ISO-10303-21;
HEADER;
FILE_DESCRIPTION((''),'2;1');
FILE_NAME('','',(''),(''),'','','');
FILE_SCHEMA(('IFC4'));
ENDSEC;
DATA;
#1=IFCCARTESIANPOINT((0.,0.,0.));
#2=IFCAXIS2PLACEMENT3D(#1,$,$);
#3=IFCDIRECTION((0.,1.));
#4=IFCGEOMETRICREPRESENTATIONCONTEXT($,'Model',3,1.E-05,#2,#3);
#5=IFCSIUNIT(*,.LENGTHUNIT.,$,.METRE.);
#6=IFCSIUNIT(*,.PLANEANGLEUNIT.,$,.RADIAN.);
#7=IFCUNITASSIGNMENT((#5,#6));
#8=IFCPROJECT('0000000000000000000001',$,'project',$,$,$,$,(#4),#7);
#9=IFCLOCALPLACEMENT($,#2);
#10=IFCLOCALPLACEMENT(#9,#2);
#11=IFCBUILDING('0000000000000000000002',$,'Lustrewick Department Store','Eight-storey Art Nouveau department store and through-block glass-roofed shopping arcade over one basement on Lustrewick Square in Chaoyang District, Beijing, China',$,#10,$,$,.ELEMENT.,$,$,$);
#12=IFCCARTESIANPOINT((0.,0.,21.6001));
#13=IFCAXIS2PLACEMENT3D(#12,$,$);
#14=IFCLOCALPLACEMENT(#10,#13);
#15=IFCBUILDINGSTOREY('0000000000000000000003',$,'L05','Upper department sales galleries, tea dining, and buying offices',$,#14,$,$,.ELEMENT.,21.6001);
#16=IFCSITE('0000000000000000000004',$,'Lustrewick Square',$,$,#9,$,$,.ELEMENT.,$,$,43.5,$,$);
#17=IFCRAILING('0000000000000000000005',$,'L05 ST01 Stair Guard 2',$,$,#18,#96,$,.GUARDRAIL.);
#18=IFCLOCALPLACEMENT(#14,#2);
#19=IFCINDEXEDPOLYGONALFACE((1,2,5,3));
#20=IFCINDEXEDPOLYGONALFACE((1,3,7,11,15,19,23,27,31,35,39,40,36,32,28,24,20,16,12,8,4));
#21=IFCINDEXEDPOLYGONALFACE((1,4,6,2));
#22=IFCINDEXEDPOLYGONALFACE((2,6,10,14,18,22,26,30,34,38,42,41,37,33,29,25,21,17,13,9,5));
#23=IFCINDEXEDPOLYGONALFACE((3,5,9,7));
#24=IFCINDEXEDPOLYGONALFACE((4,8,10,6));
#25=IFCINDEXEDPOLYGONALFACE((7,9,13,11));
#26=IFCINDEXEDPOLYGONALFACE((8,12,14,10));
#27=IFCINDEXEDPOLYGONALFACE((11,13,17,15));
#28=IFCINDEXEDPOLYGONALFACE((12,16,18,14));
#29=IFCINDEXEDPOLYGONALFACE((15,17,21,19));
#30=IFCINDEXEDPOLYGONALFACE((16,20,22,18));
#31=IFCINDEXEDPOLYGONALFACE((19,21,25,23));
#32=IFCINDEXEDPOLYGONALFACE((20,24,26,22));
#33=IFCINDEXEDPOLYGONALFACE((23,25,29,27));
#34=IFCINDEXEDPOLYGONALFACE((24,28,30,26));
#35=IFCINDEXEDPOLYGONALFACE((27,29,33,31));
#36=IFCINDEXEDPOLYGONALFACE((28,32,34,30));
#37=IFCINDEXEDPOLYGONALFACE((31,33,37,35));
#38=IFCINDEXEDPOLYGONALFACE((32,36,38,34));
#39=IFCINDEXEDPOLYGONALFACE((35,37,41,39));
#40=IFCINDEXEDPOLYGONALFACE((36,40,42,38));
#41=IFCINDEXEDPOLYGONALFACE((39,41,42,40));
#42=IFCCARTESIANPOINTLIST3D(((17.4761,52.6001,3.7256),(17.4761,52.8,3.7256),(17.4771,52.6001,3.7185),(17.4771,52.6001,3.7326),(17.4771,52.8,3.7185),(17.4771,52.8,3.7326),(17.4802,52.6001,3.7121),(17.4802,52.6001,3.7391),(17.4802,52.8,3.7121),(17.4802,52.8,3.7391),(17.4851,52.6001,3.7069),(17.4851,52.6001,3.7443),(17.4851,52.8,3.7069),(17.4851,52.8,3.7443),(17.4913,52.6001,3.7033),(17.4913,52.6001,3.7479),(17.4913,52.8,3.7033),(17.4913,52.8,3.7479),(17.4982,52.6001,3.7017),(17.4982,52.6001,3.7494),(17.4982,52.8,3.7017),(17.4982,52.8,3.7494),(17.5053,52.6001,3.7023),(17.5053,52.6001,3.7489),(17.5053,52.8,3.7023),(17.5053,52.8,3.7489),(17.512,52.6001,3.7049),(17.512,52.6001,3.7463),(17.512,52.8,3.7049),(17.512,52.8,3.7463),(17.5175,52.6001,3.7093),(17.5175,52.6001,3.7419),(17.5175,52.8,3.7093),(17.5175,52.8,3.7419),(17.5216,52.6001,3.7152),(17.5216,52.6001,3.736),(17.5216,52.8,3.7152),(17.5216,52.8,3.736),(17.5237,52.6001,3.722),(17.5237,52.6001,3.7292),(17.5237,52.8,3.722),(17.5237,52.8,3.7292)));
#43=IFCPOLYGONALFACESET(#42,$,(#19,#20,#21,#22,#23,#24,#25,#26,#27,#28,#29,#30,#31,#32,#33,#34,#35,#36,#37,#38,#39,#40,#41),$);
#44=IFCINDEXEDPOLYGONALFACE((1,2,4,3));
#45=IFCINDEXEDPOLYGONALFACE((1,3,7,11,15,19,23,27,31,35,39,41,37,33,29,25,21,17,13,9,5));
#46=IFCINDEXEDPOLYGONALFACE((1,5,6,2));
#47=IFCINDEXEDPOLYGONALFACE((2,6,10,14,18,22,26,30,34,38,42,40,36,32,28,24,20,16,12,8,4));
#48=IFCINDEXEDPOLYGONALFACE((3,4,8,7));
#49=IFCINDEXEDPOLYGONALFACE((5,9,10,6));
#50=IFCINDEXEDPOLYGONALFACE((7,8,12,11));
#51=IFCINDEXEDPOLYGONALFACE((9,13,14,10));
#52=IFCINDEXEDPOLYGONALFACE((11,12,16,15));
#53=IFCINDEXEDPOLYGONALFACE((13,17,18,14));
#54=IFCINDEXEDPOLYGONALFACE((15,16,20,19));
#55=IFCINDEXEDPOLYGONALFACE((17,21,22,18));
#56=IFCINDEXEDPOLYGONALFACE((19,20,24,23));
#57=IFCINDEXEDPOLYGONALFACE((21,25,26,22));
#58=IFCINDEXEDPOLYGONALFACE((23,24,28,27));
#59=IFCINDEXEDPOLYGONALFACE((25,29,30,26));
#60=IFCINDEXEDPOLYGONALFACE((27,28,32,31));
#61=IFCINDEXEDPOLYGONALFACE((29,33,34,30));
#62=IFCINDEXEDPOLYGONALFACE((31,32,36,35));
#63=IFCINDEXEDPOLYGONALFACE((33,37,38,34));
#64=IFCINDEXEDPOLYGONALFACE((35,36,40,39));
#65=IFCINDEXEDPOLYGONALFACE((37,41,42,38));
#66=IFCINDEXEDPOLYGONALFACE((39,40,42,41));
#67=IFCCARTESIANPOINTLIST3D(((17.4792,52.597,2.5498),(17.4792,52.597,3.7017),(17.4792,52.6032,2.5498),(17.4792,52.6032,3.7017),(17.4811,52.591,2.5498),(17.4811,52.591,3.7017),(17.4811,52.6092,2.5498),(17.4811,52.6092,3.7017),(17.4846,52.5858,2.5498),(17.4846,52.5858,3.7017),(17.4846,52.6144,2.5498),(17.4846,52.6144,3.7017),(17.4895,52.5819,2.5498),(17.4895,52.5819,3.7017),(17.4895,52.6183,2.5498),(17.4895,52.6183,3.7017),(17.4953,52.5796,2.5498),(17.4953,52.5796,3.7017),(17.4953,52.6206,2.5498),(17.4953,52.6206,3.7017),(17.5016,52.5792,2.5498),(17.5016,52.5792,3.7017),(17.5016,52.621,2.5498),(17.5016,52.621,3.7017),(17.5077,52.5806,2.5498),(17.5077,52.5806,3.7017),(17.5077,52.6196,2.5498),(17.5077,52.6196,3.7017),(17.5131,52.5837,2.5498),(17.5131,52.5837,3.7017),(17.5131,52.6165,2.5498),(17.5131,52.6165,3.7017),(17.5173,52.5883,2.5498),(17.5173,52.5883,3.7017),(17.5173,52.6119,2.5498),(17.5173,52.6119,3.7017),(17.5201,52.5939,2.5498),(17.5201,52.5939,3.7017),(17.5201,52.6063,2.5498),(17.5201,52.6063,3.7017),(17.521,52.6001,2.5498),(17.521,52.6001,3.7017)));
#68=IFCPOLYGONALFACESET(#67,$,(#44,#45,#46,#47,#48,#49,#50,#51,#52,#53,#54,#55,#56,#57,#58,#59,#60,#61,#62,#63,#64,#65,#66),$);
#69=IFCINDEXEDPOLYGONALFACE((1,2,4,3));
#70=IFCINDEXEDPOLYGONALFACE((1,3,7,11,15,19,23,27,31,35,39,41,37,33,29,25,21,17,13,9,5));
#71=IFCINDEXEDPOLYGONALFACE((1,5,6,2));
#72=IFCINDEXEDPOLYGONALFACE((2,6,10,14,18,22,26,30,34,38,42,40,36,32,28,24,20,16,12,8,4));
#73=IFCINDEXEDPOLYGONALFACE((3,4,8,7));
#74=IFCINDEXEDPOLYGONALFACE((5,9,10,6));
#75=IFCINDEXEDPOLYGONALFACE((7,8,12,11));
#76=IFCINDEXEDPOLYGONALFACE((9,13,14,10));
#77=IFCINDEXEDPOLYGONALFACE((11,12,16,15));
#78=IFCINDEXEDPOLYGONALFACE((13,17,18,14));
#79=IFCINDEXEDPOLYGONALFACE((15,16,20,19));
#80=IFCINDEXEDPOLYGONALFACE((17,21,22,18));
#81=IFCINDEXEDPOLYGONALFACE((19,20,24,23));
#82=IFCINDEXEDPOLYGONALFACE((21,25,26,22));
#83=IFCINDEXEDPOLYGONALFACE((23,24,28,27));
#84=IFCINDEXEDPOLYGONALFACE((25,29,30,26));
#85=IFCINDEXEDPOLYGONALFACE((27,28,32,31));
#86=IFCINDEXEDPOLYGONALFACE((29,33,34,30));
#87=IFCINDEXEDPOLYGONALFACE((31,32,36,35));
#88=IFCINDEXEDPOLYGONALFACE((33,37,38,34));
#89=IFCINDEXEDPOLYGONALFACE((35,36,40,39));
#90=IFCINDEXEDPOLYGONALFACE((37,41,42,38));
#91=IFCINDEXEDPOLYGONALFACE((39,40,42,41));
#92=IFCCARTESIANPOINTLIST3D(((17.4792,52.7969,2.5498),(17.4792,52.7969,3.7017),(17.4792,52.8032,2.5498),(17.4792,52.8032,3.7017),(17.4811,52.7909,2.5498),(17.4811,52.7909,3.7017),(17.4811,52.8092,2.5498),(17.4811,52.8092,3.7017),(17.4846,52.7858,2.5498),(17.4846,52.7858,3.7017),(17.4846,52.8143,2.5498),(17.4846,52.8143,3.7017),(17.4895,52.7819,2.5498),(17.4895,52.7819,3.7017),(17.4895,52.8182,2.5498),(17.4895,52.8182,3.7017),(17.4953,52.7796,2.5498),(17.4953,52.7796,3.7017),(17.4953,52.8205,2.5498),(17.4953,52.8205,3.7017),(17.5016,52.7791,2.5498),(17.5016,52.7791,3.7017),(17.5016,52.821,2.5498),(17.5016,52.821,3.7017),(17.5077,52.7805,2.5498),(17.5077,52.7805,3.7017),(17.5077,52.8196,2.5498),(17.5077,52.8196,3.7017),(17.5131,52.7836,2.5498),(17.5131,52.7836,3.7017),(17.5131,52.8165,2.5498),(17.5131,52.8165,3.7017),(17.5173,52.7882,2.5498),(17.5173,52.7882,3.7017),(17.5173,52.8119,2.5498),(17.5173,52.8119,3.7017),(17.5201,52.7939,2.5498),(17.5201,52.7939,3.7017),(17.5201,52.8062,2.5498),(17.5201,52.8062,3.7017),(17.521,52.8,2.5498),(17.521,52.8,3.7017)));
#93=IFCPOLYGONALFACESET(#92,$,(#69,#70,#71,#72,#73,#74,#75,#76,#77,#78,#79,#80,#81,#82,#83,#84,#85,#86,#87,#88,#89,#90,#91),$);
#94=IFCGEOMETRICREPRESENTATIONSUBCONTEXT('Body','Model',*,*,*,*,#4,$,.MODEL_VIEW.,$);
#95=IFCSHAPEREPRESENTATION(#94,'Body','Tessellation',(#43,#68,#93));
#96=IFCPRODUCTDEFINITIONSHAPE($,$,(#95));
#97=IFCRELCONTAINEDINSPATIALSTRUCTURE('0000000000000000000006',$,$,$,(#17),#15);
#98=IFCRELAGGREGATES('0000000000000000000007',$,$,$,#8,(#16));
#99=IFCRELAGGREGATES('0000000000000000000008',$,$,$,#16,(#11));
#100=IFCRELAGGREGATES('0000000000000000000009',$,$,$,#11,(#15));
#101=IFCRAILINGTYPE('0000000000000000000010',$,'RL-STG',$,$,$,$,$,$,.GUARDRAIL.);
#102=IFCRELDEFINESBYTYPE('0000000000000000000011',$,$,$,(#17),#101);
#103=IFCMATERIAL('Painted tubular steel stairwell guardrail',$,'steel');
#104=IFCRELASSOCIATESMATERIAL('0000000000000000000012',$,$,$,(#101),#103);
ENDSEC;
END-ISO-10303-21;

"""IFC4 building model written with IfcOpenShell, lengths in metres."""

from ifc_helpers import new_model, si_unit, direction, frame, origin, origin_2d, place, context, subcontext, project, spatial, circle, extrude, material, type_object, element, save


model = new_model("IFC4")

# Units and contexts
model_context = context("Model", 3, precision=1e-05, world=origin(), true_north=direction((0.0, 1.0)))
body_context = subcontext(model_context, "Body", "Model", "MODEL_VIEW")
ifc_project = project(units=[si_unit("LENGTHUNIT", "METRE"), si_unit("PLANEANGLEUNIT", "RADIAN")], contexts=[model_context])

# Site, building, storey
site_placement = place(None, origin())
site = spatial("IfcSite", under=ifc_project, at=site_placement, Name="Lustrewick Square", CompositionType="ELEMENT", RefElevation=43.5)
building_placement = place(site_placement, origin())
building = spatial("IfcBuilding", under=site, at=building_placement, Name="Lustrewick Department Store", Description="Eight-storey Art Nouveau department store and through-block glass-roofed shopping arcade over one basement on Lustrewick Square in Chaoyang District, Beijing, China", CompositionType="ELEMENT")
storey_placement = place(building_placement, frame((0.0, 0.0, 21.6001)))
storey = spatial("IfcBuildingStorey", under=building, at=storey_placement, Name="L05", Description="Upper department sales galleries, tea dining, and buying offices", CompositionType="ELEMENT", Elevation=21.6001)

# Railing
ifc_material_1 = material(Name="Painted tubular steel stairwell guardrail", Category="steel")
railing_type_1 = type_object("IfcRailingType", Name="RL-STG", PredefinedType="GUARDRAIL", material=ifc_material_1)
railing_1_placement = place(storey_placement, frame((17.5, 52.6001, 2.5498)))
element("IfcRailing", 1, at=railing_1_placement, inside=storey, type_object=railing_type_1, Name="L05 ST01 Stair Guard 2", PredefinedType="GUARDRAIL", context=body_context, shape_type="SweptSolid", body=[
    extrude(circle(Radius=0.0239, at=origin_2d()), frame((0.0, 0.0, 1.1758), z_axis=(0.0, 1.0, 0.0), x_axis=(-1.0, 0.0, 0.0)), (0.0, 0.0, 1.0), 0.2),
    extrude(circle(Radius=0.021, at=origin_2d()), origin(), (0.0, 0.0, 1.0), 1.1519),
    extrude(circle(Radius=0.021, at=origin_2d()), frame((0.0, 0.2, 0.0)), (0.0, 0.0, 1.0), 1.1519),
])

save(model, "model.ifc")
